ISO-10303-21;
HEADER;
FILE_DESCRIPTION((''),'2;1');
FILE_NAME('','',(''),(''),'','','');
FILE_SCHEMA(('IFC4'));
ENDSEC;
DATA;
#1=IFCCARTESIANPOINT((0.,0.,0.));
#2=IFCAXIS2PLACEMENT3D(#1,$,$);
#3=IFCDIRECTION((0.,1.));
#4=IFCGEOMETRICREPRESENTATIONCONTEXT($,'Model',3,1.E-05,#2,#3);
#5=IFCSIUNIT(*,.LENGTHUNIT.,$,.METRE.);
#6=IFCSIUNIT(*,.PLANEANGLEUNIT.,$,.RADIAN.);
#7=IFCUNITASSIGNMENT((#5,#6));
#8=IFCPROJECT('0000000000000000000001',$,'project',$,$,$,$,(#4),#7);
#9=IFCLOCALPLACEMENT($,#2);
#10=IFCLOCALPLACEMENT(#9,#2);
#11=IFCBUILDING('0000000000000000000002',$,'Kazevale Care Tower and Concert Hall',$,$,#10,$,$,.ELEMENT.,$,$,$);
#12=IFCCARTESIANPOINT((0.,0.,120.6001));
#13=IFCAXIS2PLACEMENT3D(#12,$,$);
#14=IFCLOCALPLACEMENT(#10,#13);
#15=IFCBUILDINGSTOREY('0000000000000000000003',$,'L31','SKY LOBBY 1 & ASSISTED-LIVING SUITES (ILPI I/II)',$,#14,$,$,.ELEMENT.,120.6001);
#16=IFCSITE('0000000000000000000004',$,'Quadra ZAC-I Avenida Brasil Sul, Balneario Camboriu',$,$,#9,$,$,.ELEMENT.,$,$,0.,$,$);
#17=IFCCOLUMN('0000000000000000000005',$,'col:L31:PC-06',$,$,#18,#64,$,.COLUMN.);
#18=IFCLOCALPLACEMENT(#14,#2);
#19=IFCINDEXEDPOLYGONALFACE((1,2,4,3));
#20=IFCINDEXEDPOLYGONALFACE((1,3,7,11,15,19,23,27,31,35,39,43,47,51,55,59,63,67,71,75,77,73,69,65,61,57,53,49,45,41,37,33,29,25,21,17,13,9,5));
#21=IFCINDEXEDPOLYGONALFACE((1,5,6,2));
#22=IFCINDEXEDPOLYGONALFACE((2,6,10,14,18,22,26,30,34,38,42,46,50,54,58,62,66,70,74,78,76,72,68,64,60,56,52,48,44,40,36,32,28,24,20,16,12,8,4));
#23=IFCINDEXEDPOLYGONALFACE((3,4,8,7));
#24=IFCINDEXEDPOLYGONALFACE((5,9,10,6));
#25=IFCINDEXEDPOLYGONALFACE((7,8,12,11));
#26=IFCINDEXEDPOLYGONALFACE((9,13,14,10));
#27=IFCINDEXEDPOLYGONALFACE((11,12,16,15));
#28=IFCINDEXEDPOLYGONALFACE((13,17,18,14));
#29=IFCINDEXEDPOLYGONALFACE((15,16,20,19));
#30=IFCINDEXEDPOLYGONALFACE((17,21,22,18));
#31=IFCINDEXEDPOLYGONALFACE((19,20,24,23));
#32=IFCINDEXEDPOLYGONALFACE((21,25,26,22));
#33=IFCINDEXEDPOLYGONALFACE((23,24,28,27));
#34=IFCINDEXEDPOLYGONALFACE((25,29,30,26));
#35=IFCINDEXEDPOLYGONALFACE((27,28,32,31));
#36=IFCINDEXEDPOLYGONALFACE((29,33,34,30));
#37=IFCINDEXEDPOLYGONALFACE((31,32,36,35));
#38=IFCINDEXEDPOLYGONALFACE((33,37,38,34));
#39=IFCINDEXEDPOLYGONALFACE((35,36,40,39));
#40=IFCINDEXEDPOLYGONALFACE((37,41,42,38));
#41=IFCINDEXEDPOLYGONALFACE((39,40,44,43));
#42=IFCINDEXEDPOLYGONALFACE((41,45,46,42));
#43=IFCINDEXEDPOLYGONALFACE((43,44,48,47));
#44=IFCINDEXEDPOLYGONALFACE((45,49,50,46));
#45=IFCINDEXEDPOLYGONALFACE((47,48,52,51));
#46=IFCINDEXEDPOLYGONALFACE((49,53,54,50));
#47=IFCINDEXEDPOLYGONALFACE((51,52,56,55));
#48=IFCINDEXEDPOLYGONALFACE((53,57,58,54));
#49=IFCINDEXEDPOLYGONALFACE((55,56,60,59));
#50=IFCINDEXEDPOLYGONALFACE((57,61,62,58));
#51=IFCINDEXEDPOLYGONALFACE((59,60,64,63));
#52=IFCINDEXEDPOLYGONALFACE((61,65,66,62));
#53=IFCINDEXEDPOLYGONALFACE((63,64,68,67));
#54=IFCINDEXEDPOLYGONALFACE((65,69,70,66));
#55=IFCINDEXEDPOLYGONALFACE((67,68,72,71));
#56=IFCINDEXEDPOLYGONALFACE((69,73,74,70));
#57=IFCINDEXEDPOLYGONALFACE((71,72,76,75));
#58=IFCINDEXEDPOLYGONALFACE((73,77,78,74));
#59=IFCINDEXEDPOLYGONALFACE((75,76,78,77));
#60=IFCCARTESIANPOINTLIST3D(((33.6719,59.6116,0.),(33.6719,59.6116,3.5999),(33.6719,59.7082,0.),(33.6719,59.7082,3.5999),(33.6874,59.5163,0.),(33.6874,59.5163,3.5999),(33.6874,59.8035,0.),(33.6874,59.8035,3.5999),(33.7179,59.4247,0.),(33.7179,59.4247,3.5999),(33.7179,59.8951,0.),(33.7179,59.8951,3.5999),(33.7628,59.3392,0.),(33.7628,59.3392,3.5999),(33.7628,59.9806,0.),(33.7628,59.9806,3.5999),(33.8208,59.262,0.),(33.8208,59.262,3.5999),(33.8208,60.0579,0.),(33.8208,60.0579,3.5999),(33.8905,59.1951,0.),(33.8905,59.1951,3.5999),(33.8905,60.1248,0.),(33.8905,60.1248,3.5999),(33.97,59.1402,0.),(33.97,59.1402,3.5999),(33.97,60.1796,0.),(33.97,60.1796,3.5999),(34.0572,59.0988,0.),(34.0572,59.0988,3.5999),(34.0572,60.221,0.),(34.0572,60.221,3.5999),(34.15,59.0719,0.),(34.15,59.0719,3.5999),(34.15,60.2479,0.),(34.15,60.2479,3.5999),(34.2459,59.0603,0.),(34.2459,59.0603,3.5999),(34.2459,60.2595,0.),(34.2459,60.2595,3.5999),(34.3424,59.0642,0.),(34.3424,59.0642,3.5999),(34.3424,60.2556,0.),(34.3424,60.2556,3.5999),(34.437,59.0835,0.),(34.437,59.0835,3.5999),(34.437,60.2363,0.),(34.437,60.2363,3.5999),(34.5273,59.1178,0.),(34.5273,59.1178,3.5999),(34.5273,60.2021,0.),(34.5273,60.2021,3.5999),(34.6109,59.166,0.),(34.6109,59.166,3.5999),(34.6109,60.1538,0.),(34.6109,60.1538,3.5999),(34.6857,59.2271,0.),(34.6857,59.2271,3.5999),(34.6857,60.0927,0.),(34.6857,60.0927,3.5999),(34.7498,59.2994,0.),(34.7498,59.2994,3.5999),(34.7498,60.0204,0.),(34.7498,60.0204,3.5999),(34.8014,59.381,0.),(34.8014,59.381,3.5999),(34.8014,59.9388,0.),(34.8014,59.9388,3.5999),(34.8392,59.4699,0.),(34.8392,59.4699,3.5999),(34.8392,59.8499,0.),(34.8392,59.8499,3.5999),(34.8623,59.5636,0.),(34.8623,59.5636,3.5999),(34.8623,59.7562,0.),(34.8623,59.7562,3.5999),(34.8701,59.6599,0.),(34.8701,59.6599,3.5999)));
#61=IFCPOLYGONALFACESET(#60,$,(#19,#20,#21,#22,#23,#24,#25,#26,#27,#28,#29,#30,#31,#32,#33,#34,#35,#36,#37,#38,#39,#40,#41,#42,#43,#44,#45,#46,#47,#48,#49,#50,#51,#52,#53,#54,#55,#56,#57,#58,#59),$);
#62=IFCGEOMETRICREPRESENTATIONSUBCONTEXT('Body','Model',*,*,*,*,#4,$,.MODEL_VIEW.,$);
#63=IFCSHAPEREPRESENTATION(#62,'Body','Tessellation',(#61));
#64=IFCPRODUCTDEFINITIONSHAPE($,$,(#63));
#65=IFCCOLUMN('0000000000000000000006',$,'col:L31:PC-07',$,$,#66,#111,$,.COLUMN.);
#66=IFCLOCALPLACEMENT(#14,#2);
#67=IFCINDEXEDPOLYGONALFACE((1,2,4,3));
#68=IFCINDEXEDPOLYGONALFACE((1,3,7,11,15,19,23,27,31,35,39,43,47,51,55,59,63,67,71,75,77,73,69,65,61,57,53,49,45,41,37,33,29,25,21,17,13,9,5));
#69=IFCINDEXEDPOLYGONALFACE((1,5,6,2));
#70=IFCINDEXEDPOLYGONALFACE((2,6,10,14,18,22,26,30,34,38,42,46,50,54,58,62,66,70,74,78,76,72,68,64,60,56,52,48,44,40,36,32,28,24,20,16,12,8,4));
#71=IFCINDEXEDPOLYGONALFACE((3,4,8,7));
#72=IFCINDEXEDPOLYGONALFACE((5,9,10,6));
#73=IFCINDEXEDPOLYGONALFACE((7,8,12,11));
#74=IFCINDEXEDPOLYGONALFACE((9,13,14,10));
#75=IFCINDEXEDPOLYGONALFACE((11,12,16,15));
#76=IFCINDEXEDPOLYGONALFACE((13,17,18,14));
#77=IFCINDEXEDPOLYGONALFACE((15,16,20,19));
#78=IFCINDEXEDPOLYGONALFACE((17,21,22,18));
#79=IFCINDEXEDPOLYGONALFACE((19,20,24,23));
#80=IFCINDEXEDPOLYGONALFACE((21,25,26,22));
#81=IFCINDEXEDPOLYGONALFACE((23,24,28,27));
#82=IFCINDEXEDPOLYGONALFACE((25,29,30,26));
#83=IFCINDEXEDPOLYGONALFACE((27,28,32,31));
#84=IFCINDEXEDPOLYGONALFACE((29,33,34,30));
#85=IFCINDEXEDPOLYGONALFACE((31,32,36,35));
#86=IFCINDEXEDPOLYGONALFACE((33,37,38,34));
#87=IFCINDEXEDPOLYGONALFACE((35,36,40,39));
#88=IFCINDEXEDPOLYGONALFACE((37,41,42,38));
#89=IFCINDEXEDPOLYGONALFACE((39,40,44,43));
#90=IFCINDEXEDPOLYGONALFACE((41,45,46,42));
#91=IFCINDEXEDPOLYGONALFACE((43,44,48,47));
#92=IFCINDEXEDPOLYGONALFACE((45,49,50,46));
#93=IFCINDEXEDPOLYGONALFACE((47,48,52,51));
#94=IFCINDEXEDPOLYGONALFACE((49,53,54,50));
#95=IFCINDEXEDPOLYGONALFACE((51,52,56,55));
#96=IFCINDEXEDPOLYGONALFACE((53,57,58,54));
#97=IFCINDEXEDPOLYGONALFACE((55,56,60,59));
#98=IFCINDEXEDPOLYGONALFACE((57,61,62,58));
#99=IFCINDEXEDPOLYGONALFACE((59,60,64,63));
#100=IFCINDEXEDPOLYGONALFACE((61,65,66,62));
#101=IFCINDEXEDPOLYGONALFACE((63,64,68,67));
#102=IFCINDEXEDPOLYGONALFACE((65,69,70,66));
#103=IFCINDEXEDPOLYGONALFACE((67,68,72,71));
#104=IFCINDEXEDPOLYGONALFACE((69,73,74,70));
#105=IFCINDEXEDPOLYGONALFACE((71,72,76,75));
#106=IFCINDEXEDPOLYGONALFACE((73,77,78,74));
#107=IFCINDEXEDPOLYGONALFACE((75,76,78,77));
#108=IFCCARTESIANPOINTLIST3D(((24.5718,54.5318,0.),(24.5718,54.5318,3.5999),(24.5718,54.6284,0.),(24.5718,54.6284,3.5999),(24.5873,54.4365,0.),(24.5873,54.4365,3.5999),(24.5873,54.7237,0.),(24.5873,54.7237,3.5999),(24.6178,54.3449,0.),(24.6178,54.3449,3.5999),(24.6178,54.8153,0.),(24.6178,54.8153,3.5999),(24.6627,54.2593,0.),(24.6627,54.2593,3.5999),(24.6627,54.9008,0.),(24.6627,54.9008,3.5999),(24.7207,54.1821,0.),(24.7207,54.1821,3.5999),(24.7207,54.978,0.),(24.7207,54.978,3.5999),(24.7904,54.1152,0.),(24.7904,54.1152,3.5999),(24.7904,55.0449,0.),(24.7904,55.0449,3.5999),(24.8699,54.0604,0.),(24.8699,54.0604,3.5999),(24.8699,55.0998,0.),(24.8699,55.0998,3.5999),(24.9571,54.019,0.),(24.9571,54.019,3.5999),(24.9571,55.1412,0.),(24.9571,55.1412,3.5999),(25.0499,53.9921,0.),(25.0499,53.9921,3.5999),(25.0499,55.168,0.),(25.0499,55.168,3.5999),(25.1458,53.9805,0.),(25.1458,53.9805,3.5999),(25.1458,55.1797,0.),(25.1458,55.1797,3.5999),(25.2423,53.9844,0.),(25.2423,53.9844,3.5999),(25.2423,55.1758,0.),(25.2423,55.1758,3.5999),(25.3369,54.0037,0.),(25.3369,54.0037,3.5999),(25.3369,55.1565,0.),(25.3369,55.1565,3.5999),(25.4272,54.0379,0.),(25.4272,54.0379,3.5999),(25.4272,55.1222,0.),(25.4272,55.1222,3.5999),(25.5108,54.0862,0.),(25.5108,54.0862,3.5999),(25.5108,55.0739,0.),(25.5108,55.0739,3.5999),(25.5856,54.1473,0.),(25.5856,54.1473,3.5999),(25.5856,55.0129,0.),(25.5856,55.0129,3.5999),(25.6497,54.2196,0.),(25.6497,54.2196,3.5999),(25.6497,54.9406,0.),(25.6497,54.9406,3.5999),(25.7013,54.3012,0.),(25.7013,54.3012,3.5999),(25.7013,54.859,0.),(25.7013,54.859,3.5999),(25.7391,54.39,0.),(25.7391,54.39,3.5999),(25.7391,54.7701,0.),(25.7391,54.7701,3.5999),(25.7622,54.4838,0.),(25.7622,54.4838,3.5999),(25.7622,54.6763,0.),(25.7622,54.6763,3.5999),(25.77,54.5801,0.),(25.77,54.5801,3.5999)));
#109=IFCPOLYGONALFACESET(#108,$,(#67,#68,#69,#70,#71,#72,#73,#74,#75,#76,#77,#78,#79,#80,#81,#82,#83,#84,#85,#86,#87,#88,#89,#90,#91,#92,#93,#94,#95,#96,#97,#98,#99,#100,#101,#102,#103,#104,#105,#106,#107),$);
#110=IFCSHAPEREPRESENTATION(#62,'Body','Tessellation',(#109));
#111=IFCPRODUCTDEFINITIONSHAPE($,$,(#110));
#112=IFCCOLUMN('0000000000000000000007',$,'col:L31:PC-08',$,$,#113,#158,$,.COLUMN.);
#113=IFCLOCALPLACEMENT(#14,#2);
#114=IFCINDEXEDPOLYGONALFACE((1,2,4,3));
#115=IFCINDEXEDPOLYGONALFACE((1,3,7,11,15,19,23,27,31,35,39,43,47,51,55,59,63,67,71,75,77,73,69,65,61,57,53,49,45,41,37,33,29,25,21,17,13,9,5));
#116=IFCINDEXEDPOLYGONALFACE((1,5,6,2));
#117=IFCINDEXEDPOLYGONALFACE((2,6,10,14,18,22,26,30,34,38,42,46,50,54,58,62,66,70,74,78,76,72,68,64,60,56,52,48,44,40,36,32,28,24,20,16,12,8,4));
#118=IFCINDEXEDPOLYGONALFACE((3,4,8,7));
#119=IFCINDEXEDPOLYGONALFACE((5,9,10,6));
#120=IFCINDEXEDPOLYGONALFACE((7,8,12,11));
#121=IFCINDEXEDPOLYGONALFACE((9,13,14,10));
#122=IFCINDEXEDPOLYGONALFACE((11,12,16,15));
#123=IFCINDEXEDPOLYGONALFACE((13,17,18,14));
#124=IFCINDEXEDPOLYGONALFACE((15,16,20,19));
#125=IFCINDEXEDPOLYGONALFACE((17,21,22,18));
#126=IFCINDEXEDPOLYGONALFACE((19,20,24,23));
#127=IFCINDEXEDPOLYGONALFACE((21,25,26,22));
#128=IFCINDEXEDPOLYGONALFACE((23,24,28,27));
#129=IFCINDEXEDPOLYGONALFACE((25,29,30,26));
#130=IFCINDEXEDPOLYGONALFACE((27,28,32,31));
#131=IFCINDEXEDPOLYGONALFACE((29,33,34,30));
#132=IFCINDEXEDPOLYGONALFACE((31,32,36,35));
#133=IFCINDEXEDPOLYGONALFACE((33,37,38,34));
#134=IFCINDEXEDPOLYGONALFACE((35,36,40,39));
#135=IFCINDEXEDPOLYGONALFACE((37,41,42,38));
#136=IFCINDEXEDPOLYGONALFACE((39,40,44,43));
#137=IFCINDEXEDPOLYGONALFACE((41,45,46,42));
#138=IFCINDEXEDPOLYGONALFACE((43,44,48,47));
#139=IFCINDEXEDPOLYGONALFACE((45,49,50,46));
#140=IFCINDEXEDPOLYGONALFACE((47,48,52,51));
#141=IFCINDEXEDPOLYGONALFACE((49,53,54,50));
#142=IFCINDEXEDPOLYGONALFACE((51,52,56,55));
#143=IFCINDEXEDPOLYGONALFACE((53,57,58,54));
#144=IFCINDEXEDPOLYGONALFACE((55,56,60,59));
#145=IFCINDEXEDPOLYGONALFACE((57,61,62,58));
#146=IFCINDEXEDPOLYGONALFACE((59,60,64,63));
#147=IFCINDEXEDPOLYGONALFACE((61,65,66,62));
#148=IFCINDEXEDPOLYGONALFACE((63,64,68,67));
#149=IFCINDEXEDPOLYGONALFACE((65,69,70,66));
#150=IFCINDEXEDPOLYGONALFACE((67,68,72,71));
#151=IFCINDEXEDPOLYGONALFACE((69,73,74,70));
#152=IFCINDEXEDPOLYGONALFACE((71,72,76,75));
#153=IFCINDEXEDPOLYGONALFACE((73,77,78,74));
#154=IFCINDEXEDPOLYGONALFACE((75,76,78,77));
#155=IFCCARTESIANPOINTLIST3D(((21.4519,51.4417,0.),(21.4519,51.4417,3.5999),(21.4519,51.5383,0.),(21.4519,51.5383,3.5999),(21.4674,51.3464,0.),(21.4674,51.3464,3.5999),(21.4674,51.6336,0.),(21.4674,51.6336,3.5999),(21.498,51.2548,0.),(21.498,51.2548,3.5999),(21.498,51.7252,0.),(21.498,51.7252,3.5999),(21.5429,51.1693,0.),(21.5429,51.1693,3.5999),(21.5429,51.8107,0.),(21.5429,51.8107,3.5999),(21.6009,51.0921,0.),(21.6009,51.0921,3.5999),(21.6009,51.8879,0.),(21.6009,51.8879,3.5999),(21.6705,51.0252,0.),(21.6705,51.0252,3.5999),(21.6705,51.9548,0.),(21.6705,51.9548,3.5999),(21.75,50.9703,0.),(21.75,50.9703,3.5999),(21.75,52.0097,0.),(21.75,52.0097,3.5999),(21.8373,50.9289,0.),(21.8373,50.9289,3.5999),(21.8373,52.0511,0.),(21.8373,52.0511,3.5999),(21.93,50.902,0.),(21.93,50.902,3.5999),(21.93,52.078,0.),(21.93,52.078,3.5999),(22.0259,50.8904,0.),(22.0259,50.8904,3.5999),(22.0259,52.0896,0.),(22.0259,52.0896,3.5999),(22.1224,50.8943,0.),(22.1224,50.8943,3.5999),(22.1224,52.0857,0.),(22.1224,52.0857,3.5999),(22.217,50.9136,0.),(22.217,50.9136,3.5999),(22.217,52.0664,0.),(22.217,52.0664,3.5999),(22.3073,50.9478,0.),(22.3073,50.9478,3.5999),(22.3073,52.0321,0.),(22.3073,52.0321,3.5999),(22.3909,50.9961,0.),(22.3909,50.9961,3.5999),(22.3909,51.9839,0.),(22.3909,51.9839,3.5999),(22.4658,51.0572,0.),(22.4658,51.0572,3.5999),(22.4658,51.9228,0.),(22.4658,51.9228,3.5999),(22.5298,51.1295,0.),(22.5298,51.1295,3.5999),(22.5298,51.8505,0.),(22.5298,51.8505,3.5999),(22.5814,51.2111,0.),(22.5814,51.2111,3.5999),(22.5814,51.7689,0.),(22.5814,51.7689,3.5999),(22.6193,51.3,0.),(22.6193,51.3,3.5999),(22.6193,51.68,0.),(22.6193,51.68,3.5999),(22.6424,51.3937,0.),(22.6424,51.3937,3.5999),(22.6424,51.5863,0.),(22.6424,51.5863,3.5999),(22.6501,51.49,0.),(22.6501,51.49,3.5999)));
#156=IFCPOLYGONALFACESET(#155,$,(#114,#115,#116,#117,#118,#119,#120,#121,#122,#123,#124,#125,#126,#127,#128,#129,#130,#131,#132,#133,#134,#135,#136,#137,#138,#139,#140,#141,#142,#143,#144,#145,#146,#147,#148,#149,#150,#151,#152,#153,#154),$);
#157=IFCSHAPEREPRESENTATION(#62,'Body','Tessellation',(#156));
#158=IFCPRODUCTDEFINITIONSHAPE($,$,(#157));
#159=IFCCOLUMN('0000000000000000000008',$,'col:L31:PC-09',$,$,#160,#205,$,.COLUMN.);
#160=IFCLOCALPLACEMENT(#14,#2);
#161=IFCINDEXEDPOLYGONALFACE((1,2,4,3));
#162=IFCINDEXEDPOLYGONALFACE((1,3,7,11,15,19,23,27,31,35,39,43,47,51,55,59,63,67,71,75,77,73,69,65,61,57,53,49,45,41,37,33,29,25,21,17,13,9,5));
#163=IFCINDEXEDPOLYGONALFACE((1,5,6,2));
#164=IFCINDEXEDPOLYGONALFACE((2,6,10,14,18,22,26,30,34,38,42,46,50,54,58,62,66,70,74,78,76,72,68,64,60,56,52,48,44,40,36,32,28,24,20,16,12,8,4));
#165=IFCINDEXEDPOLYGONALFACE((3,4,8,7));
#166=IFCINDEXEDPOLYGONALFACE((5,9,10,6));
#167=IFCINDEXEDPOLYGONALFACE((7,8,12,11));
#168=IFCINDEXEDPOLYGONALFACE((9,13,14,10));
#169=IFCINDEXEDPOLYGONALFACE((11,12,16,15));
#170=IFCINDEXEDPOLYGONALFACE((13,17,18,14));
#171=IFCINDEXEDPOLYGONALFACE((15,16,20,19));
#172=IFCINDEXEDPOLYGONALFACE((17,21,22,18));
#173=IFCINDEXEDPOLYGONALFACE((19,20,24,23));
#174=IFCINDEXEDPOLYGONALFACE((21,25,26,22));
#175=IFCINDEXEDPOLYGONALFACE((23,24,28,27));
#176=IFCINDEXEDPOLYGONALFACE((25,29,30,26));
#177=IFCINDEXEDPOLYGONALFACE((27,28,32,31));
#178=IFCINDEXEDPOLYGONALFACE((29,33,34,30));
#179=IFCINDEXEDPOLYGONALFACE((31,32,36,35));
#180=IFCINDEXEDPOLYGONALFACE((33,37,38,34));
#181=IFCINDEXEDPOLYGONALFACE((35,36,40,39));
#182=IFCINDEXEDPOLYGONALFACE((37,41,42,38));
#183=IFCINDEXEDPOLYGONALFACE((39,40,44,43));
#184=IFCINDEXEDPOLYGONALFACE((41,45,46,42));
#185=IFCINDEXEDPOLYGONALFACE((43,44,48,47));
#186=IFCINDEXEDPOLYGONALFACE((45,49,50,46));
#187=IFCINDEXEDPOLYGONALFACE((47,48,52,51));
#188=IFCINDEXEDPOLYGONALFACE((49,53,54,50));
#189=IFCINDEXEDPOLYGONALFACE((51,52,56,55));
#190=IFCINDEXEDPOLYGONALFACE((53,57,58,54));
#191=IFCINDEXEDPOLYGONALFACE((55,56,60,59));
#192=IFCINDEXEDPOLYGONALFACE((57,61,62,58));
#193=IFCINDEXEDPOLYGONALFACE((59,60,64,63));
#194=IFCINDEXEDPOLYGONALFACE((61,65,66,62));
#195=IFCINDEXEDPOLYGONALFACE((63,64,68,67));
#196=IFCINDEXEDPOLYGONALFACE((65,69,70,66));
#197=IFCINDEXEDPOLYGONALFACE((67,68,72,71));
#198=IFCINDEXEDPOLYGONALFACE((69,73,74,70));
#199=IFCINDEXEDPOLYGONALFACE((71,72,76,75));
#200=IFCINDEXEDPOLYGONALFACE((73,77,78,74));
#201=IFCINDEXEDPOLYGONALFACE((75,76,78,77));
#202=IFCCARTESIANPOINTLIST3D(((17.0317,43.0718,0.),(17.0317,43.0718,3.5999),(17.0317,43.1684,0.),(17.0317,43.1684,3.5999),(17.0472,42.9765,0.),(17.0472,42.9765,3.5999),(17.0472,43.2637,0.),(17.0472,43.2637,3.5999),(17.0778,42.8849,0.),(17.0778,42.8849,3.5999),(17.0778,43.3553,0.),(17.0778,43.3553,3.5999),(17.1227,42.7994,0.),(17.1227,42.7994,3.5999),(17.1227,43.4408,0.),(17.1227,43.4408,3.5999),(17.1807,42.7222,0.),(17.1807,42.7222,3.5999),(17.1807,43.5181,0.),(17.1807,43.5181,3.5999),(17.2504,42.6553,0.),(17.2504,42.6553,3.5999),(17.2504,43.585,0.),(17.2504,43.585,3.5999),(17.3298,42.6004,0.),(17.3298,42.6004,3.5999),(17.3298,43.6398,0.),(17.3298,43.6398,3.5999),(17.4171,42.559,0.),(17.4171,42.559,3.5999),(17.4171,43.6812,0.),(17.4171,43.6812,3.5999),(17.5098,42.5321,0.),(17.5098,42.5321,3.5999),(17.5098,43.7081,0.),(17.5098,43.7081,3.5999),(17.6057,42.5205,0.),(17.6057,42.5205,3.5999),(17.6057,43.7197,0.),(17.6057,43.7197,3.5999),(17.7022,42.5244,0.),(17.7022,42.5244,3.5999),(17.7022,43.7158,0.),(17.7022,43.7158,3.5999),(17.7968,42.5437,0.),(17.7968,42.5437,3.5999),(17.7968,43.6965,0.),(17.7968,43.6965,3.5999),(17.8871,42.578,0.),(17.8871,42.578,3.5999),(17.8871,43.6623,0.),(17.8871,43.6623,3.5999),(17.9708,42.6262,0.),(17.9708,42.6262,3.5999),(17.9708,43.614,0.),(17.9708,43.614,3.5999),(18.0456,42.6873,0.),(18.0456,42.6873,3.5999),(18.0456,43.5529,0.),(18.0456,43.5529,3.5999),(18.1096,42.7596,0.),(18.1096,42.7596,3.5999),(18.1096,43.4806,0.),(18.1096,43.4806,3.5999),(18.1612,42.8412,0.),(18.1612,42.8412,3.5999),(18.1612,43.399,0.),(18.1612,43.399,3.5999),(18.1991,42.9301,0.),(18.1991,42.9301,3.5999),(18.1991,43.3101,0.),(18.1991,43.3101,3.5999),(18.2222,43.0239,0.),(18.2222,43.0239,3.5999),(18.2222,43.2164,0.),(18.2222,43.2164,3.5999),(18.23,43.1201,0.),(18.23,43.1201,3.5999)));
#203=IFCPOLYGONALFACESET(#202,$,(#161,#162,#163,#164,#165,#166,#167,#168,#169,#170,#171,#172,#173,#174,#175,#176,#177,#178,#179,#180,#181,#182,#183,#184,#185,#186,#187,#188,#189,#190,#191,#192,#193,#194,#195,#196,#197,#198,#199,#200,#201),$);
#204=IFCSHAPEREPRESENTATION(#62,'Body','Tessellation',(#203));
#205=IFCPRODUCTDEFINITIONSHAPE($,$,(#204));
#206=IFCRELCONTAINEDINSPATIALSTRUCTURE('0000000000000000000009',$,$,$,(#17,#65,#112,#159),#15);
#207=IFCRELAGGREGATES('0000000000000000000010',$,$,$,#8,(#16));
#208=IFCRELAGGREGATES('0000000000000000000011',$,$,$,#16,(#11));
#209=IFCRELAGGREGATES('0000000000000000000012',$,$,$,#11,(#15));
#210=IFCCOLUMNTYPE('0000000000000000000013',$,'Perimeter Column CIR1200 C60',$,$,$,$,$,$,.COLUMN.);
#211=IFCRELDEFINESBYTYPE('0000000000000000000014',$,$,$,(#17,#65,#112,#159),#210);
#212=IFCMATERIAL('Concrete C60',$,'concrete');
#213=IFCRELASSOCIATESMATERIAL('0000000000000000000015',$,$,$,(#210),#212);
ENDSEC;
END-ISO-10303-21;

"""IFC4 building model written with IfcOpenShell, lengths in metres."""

from ifc_helpers import new_model, si_unit, direction, frame, origin, origin_2d, place, context, subcontext, project, spatial, circle, extrude, material, material_profile, profile_set, type_object, element, save


model = new_model("IFC4")

# Units and contexts
model_context = context("Model", 3, precision=1e-05, world=origin(), true_north=direction((0.0, 1.0)))
body_context = subcontext(model_context, "Body", "Model", "MODEL_VIEW")
ifc_project = project(units=[si_unit("LENGTHUNIT", "METRE"), si_unit("PLANEANGLEUNIT", "RADIAN")], contexts=[model_context])

# Site, building, storey
site_placement = place(None, origin())
site = spatial("IfcSite", under=ifc_project, at=site_placement, Name="Quadra ZAC-I Avenida Brasil Sul, Balneario Camboriu", CompositionType="ELEMENT", RefElevation=0.0)
building_placement = place(site_placement, origin())
building = spatial("IfcBuilding", under=site, at=building_placement, Name="Kazevale Care Tower and Concert Hall", CompositionType="ELEMENT")
storey_placement = place(building_placement, frame((0.0, 0.0, 120.6001)))
storey = spatial("IfcBuildingStorey", under=building, at=storey_placement, Name="L31", Description="SKY LOBBY 1 & ASSISTED-LIVING SUITES (ILPI I/II)", CompositionType="ELEMENT", Elevation=120.6001)

# Columns
ifc_material_1 = material(Name="Concrete C60", Category="concrete")
ifc_material_profile_1 = material_profile(ifc_material_1, circle(Radius=0.6001, at=origin_2d()), Name="RC-CIR1200")
ifc_profile_set_1 = profile_set([ifc_material_profile_1], Name="Concrete C60")
column_type = type_object("IfcColumnType", Name="Perimeter Column CIR1200 C60", PredefinedType="COLUMN", material=ifc_profile_set_1)
for number, where, z_axis, x_axis, name in (
    (1, (34.27, 59.6599, 0.0), (0.0, 0.0, 1.0), (1.0, 0.0, 0.0), "col:L31:PC-06"),
    (2, (25.1699, 54.5801, 0.0), (0.0, 0.0, 1.0), (1.0, 0.0, 0.0), "col:L31:PC-07"),
    (3, (22.05, 51.49, 0.0), (0.0, 0.0, 1.0), (1.0, 0.0, 0.0), "col:L31:PC-08"),
    (4, (17.6299, 43.1201, 0.0), (0.0, 0.0, 1.0), (1.0, 0.0, 0.0), "col:L31:PC-09"),
):
    element("IfcColumn", number, at=place(storey_placement, frame(where, z_axis=z_axis, x_axis=x_axis)), inside=storey, type_object=column_type, Name=name, PredefinedType="COLUMN", context=body_context, shape_type="SweptSolid", body=[
        extrude(circle(Radius=0.6001, at=origin_2d()), origin(), (0.0, 0.0, 1.0), 3.5999),
    ])

save(model, "model.ifc")
